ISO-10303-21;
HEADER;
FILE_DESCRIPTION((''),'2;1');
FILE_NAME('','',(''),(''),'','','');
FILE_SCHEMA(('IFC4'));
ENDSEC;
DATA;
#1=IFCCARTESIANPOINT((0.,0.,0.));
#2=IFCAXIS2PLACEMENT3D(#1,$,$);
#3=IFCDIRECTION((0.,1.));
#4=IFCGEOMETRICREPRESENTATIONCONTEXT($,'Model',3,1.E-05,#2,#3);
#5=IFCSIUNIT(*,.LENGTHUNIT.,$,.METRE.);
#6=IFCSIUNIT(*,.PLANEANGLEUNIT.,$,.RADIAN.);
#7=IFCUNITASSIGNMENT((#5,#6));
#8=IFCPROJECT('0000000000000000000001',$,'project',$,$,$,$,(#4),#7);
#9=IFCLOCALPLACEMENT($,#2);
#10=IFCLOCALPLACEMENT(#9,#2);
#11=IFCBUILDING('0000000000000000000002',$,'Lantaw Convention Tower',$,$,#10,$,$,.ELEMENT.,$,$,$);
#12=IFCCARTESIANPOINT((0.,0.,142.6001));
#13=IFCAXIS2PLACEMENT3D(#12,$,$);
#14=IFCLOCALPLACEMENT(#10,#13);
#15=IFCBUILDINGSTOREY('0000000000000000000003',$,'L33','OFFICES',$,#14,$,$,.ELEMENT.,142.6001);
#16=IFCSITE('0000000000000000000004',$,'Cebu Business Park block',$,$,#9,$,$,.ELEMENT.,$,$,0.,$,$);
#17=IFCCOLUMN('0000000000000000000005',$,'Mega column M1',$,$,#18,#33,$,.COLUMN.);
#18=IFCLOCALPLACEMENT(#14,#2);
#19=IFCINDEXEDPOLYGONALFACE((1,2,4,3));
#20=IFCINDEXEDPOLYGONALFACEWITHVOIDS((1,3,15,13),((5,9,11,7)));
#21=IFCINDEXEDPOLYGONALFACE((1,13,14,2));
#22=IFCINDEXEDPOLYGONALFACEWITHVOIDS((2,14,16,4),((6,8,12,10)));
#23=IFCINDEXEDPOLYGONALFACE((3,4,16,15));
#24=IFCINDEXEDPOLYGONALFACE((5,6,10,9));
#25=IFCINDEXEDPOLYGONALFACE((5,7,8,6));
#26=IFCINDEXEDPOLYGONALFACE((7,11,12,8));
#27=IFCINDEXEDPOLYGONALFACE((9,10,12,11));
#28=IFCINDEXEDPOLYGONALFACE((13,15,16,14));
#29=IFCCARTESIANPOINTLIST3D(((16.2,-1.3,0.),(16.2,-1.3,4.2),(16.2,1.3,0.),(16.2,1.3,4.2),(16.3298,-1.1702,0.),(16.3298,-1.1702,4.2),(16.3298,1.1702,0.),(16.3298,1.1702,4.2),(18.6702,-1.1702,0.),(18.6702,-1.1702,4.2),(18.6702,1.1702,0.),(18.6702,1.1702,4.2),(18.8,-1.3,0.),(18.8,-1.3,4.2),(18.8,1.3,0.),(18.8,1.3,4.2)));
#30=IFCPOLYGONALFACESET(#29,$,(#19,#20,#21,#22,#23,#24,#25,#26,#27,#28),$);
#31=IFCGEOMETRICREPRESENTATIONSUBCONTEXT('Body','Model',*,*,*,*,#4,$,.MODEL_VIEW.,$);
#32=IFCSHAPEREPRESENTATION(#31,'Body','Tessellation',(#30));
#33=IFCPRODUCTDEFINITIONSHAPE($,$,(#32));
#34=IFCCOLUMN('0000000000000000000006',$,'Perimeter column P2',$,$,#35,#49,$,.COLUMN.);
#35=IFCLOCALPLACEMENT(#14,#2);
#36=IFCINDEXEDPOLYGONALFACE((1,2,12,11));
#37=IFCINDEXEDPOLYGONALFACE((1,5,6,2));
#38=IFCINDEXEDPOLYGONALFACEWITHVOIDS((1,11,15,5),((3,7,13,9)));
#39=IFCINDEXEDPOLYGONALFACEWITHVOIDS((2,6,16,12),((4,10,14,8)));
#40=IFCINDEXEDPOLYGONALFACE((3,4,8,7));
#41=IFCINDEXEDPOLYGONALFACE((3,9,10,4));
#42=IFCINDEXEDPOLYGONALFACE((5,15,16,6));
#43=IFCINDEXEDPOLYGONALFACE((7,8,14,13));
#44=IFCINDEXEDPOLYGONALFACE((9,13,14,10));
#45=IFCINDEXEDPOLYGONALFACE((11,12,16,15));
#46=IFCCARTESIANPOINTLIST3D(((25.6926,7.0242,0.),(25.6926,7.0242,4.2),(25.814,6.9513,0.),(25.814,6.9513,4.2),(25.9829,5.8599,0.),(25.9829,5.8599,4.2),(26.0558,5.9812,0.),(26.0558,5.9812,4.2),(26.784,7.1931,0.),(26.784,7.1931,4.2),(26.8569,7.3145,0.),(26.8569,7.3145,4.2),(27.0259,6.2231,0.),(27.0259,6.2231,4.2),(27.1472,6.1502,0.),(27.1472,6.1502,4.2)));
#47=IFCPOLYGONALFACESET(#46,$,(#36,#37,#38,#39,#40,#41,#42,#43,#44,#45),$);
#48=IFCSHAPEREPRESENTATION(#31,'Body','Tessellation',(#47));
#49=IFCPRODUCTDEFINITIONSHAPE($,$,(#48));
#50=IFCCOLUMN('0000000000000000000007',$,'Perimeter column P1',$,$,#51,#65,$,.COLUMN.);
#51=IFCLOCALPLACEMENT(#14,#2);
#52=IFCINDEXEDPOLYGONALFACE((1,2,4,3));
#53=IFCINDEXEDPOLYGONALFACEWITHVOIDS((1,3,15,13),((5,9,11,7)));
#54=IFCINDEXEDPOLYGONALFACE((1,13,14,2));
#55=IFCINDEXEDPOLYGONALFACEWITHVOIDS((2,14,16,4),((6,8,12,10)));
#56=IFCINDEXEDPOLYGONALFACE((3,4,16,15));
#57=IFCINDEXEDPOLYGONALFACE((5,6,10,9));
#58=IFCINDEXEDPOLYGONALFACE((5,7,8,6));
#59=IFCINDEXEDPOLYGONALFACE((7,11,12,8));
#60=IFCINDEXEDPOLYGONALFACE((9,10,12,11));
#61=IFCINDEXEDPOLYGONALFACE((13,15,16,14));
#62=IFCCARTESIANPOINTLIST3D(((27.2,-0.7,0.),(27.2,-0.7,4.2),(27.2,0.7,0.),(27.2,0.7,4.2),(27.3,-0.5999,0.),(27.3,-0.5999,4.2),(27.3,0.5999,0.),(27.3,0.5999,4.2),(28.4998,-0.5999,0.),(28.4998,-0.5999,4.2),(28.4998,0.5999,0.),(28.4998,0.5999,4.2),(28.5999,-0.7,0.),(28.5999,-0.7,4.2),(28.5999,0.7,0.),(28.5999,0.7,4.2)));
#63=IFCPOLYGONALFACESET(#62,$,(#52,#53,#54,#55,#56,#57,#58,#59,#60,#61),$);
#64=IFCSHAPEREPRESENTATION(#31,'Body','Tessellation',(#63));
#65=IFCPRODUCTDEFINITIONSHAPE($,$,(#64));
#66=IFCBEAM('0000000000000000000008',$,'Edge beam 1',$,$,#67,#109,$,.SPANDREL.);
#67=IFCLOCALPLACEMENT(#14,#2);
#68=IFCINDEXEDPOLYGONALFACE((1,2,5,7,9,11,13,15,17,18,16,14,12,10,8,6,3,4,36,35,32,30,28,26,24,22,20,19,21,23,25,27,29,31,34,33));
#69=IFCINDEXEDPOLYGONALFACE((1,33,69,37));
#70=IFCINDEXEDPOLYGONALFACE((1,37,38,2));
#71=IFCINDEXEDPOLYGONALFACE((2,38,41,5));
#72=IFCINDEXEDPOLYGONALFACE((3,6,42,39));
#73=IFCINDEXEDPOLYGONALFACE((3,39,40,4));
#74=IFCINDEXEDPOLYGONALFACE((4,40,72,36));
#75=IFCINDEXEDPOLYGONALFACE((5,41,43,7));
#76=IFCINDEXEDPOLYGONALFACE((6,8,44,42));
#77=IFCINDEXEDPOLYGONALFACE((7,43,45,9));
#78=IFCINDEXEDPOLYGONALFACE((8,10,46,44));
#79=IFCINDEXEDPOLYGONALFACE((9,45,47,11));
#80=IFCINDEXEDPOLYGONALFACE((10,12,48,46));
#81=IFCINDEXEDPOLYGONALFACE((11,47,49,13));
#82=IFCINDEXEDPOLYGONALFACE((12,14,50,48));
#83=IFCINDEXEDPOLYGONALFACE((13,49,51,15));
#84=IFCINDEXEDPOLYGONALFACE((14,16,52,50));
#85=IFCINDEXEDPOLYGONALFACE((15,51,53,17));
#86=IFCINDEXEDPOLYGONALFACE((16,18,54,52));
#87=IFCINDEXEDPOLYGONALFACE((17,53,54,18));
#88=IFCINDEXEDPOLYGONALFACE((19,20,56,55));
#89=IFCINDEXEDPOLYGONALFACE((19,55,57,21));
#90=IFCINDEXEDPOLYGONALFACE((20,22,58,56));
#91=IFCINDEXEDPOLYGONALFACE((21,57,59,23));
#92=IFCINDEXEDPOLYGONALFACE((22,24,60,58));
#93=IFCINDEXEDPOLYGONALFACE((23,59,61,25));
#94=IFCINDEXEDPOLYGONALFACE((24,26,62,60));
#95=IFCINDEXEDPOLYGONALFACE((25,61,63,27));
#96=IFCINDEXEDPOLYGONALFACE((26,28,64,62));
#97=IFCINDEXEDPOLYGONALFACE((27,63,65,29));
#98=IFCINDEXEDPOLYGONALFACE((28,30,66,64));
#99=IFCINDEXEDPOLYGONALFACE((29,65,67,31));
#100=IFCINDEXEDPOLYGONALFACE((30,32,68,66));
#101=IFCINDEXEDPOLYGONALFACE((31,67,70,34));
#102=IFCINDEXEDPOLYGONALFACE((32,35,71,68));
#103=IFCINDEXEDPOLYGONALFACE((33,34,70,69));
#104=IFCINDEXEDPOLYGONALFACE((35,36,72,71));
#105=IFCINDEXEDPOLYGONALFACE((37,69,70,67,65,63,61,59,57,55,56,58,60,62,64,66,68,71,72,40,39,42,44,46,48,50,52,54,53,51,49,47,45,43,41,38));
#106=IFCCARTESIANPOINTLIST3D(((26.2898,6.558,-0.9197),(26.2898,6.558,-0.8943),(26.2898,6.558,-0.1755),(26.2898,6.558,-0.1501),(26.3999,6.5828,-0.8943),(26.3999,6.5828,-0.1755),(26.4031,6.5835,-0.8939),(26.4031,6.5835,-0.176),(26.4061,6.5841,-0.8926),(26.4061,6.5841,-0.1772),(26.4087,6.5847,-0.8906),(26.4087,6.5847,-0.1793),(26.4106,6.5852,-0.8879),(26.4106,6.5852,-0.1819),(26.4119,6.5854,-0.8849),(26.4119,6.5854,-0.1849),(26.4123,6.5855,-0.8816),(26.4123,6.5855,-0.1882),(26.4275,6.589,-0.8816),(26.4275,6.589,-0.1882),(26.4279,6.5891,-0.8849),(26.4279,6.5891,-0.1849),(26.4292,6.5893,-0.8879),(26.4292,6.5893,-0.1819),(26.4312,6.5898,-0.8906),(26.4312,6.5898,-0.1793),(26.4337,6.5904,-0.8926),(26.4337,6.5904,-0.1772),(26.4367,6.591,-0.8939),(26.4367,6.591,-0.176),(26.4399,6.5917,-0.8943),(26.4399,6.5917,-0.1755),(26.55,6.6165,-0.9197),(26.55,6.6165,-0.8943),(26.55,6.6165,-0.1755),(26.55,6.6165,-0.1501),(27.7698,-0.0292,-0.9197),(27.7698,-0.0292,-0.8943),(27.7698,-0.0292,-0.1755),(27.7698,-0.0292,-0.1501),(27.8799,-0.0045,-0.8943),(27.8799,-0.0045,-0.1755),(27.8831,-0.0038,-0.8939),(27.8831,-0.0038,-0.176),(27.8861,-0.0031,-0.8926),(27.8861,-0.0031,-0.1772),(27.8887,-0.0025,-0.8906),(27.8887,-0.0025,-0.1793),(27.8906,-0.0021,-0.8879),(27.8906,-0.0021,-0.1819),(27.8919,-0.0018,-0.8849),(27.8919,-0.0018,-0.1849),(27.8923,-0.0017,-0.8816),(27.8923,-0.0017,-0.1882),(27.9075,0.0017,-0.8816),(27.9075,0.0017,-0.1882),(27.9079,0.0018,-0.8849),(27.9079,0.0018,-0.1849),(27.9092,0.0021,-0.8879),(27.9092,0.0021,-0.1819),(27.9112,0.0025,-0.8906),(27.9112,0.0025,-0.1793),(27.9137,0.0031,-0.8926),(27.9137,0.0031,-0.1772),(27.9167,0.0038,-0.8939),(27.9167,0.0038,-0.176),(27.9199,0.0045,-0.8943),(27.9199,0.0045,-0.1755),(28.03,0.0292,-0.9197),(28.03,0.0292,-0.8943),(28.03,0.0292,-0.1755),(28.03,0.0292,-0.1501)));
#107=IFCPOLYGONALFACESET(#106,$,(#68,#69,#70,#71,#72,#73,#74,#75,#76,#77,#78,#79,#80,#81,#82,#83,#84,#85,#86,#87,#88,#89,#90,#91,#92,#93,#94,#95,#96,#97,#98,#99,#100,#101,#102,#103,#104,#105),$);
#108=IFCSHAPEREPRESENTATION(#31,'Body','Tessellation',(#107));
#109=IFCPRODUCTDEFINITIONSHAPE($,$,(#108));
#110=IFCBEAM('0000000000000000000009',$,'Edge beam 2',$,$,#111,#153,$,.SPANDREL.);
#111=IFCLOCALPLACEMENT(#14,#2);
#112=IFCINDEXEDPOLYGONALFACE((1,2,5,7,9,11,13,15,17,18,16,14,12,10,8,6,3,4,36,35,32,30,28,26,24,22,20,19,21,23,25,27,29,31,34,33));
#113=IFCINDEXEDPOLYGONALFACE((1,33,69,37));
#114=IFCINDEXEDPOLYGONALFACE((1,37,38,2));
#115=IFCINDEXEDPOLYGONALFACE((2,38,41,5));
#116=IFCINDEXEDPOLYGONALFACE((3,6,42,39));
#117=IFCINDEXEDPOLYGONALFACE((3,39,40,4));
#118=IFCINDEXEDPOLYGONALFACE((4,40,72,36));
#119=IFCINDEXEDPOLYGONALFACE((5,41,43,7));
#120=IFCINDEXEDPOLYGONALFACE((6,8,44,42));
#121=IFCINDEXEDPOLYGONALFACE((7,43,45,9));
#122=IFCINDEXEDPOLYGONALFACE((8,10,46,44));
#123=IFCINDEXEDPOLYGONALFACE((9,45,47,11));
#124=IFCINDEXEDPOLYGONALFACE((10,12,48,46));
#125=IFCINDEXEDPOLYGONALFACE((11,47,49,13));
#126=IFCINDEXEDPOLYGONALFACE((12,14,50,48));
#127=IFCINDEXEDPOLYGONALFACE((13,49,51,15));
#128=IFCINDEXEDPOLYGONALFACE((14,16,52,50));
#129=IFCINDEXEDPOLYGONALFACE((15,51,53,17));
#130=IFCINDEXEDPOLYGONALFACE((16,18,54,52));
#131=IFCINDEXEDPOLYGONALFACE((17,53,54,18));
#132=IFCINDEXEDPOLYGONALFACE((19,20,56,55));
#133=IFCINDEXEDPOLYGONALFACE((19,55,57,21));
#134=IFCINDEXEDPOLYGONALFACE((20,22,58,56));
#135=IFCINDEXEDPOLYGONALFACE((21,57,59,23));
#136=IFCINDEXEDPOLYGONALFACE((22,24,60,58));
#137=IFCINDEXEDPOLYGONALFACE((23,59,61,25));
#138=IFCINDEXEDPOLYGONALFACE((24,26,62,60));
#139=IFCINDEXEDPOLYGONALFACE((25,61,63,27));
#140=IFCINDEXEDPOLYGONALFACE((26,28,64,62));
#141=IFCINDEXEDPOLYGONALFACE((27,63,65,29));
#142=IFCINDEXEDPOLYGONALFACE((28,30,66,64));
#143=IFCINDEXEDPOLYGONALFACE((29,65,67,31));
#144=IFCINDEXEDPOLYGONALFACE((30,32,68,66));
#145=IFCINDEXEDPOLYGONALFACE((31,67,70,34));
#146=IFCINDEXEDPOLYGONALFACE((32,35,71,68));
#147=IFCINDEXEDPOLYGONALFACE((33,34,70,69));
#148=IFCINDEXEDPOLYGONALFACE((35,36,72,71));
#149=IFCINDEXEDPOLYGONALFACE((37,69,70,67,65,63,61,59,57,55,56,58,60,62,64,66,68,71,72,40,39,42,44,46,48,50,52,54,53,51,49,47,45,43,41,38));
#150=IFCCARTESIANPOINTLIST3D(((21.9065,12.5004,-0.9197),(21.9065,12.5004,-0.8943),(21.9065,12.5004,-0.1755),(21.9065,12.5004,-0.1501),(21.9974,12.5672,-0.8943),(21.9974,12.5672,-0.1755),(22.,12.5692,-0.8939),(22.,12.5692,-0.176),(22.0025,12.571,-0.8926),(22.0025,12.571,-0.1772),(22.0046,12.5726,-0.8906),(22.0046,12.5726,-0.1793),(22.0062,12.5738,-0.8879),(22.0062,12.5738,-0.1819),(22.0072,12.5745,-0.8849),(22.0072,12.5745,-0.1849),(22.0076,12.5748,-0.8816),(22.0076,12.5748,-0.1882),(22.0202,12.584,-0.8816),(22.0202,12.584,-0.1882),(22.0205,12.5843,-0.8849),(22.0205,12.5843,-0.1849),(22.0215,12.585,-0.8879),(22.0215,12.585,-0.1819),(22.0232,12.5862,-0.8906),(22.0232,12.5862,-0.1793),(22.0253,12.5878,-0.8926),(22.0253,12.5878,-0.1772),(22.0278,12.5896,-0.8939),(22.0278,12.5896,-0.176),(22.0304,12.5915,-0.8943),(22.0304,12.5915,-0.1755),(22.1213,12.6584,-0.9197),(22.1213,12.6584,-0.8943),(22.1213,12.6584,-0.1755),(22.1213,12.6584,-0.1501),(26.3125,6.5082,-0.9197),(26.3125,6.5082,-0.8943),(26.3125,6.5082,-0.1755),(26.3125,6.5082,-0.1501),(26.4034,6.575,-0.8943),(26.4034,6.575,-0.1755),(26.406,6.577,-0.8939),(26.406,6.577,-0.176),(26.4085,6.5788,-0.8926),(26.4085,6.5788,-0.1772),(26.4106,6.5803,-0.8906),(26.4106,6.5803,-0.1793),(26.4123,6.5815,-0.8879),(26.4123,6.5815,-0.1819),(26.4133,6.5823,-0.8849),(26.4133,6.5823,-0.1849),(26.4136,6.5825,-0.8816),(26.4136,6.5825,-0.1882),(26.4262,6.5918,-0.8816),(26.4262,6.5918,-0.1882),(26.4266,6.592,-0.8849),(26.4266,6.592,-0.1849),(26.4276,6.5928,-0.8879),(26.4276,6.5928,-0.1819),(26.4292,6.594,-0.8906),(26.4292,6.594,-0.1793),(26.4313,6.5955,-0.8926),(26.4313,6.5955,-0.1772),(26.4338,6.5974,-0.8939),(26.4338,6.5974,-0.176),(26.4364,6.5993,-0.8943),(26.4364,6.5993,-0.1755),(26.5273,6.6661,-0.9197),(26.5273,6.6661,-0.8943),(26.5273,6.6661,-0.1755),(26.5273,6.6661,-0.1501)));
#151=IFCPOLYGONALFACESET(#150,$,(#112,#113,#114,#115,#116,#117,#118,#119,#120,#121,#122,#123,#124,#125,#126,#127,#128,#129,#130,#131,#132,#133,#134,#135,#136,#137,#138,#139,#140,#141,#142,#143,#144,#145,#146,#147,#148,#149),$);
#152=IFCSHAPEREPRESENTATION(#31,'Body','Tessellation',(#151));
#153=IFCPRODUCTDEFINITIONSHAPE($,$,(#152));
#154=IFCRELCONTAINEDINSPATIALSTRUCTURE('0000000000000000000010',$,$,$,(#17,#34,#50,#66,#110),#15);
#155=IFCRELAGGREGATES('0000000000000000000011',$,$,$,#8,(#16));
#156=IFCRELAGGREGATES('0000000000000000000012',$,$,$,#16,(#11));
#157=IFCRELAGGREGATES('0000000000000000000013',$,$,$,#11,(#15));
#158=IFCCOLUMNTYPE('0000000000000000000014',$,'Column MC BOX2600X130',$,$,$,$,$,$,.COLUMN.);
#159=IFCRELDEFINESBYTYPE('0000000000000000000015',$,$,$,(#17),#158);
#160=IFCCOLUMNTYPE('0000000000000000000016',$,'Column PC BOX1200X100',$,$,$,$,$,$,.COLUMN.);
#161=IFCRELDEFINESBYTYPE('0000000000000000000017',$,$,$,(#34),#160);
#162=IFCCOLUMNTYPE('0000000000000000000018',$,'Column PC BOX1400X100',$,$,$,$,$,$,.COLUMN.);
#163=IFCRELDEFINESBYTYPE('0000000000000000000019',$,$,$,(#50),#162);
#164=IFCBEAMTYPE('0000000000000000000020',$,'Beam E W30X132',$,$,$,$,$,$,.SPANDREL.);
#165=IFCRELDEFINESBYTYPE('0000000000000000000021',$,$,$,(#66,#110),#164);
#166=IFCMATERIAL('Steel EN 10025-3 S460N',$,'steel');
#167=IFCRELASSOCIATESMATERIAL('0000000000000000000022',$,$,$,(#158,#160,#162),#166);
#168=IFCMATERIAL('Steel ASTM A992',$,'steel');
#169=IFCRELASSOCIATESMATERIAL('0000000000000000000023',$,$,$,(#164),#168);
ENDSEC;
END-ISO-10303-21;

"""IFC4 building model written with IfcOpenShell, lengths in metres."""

from ifc_helpers import new_model, si_unit, direction, frame, origin, origin_2d, place, context, subcontext, project, spatial, rectangle, hollow_rectangle, i_section, extrude, material, material_profile, profile_set, type_object, element, save


model = new_model("IFC4")

# Units and contexts
model_context = context("Model", 3, precision=1e-05, world=origin(), true_north=direction((0.0, 1.0)))
body_context = subcontext(model_context, "Body", "Model", "MODEL_VIEW")
ifc_project = project(units=[si_unit("LENGTHUNIT", "METRE"), si_unit("PLANEANGLEUNIT", "RADIAN")], contexts=[model_context])

# Site, building, storey
site_placement = place(None, origin())
site = spatial("IfcSite", under=ifc_project, at=site_placement, Name="Cebu Business Park block", CompositionType="ELEMENT", RefElevation=0.0)
building_placement = place(site_placement, origin())
building = spatial("IfcBuilding", under=site, at=building_placement, Name="Lantaw Convention Tower", CompositionType="ELEMENT")
storey_placement = place(building_placement, frame((0.0, 0.0, 142.6001)))
storey = spatial("IfcBuildingStorey", under=building, at=storey_placement, Name="L33", Description="OFFICES", CompositionType="ELEMENT", Elevation=142.6001)

# Columns
ifc_material_1 = material(Name="Steel EN 10025-3 S460N", Category="steel")
ifc_material_profile_1 = material_profile(ifc_material_1, hollow_rectangle(XDim=2.6001, YDim=2.6001, WallThickness=0.1299, at=origin_2d()), Name="BOX2600X130")
ifc_material_2 = material(Name="Concrete C60/75", Category="concrete")
ifc_material_profile_2 = material_profile(ifc_material_2, rectangle(XDim=2.3401, YDim=2.3401, at=origin_2d()), Name="Concrete fill of BOX2600X130")
ifc_profile_set_1 = profile_set([ifc_material_profile_1, ifc_material_profile_2], Name="Steel EN 10025-3 S460N")
column_type_1 = type_object("IfcColumnType", Name="Column MC BOX2600X130", PredefinedType="COLUMN", material=ifc_profile_set_1)
column_1_placement = place(storey_placement, frame((17.5, 0.0, 0.0), z_axis=(0.0, 0.0, 1.0), x_axis=(1.0, 0.0, 0.0)))
element("IfcColumn", 1, at=column_1_placement, inside=storey, type_object=column_type_1, Name="Mega column M1", PredefinedType="COLUMN", context=body_context, shape_type="SweptSolid", body=[
    extrude(hollow_rectangle(XDim=2.6001, YDim=2.6001, WallThickness=0.1299, at=origin_2d()), origin(), (0.0, 0.0, 1.0), 4.2),
])
ifc_material_profile_3 = material_profile(ifc_material_1, hollow_rectangle(XDim=1.2, YDim=1.2, WallThickness=0.1001, at=origin_2d()), Name="BOX1200X100")
ifc_material_profile_4 = material_profile(ifc_material_2, rectangle(XDim=1.0, YDim=1.0, at=origin_2d()), Name="Concrete fill of BOX1200X100")
ifc_profile_set_2 = profile_set([ifc_material_profile_3, ifc_material_profile_4], Name="Steel EN 10025-3 S460N")
column_type_2 = type_object("IfcColumnType", Name="Column PC BOX1200X100", PredefinedType="COLUMN", material=ifc_profile_set_2)
column_2_placement = place(storey_placement, frame((26.4199, 6.5872, 0.0), z_axis=(0.0, 0.0, 1.0), x_axis=(0.970296, 0.241922, 0.0)))
element("IfcColumn", 2, at=column_2_placement, inside=storey, type_object=column_type_2, Name="Perimeter column P2", PredefinedType="COLUMN", context=body_context, shape_type="SweptSolid", body=[
    extrude(hollow_rectangle(XDim=1.2, YDim=1.2, WallThickness=0.1001, at=origin_2d()), origin(), (0.0, 0.0, 1.0), 4.2),
])
ifc_material_profile_5 = material_profile(ifc_material_1, hollow_rectangle(XDim=1.3999, YDim=1.3999, WallThickness=0.1001, at=origin_2d()), Name="BOX1400X100")
ifc_material_profile_6 = material_profile(ifc_material_2, rectangle(XDim=1.2, YDim=1.2, at=origin_2d()), Name="Concrete fill of BOX1400X100")
ifc_profile_set_3 = profile_set([ifc_material_profile_5, ifc_material_profile_6], Name="Steel EN 10025-3 S460N")
column_type_3 = type_object("IfcColumnType", Name="Column PC BOX1400X100", PredefinedType="COLUMN", material=ifc_profile_set_3)
column_3_placement = place(storey_placement, frame((27.8999, 0.0, 0.0), z_axis=(0.0, 0.0, 1.0), x_axis=(1.0, 0.0, 0.0)))
element("IfcColumn", 3, at=column_3_placement, inside=storey, type_object=column_type_3, Name="Perimeter column P1", PredefinedType="COLUMN", context=body_context, shape_type="SweptSolid", body=[
    extrude(hollow_rectangle(XDim=1.3999, YDim=1.3999, WallThickness=0.1001, at=origin_2d()), origin(), (0.0, 0.0, 1.0), 4.2),
])

# Beams
ifc_material_3 = material(Name="Steel ASTM A992", Category="steel")
ifc_material_profile_7 = material_profile(ifc_material_3, i_section(OverallWidth=0.2666, OverallDepth=0.7695, WebThickness=0.0156, FlangeThickness=0.0254, FilletRadius=0.0127, at=origin_2d()), Name="W30X132")
ifc_profile_set_4 = profile_set([ifc_material_profile_7], Name="Steel ASTM A992")
beam_type_1 = type_object("IfcBeamType", Name="Beam E W30X132", PredefinedType="SPANDREL", material=ifc_profile_set_4)
beam_1_placement = place(storey_placement, frame((27.8999, 0.0, -0.5349), z_axis=(-0.219212, 0.975677, 0.0), x_axis=(-0.975677, -0.219212, 0.0)))
element("IfcBeam", 4, at=beam_1_placement, inside=storey, type_object=beam_type_1, Name="Edge beam 1", PredefinedType="SPANDREL", context=body_context, shape_type="SweptSolid", body=[
    extrude(i_section(OverallWidth=0.2666, OverallDepth=0.7695, WebThickness=0.0156, FlangeThickness=0.0254, FilletRadius=0.0127, at=origin_2d()), origin(), (0.0, 0.0, 1.0), 6.7515),
])
beam_2_placement = place(storey_placement, frame((26.4199, 6.5872, -0.5349), z_axis=(-0.592389, 0.805652, 0.0), x_axis=(-0.805652, -0.592389, 0.0)))
element("IfcBeam", 5, at=beam_2_placement, inside=storey, type_object=beam_type_1, Name="Edge beam 2", PredefinedType="SPANDREL", context=body_context, shape_type="SweptSolid", body=[
    extrude(i_section(OverallWidth=0.2666, OverallDepth=0.7695, WebThickness=0.0156, FlangeThickness=0.0254, FilletRadius=0.0127, at=origin_2d()), origin(), (0.0, 0.0, 1.0), 7.4377),
])

save(model, "model.ifc")
